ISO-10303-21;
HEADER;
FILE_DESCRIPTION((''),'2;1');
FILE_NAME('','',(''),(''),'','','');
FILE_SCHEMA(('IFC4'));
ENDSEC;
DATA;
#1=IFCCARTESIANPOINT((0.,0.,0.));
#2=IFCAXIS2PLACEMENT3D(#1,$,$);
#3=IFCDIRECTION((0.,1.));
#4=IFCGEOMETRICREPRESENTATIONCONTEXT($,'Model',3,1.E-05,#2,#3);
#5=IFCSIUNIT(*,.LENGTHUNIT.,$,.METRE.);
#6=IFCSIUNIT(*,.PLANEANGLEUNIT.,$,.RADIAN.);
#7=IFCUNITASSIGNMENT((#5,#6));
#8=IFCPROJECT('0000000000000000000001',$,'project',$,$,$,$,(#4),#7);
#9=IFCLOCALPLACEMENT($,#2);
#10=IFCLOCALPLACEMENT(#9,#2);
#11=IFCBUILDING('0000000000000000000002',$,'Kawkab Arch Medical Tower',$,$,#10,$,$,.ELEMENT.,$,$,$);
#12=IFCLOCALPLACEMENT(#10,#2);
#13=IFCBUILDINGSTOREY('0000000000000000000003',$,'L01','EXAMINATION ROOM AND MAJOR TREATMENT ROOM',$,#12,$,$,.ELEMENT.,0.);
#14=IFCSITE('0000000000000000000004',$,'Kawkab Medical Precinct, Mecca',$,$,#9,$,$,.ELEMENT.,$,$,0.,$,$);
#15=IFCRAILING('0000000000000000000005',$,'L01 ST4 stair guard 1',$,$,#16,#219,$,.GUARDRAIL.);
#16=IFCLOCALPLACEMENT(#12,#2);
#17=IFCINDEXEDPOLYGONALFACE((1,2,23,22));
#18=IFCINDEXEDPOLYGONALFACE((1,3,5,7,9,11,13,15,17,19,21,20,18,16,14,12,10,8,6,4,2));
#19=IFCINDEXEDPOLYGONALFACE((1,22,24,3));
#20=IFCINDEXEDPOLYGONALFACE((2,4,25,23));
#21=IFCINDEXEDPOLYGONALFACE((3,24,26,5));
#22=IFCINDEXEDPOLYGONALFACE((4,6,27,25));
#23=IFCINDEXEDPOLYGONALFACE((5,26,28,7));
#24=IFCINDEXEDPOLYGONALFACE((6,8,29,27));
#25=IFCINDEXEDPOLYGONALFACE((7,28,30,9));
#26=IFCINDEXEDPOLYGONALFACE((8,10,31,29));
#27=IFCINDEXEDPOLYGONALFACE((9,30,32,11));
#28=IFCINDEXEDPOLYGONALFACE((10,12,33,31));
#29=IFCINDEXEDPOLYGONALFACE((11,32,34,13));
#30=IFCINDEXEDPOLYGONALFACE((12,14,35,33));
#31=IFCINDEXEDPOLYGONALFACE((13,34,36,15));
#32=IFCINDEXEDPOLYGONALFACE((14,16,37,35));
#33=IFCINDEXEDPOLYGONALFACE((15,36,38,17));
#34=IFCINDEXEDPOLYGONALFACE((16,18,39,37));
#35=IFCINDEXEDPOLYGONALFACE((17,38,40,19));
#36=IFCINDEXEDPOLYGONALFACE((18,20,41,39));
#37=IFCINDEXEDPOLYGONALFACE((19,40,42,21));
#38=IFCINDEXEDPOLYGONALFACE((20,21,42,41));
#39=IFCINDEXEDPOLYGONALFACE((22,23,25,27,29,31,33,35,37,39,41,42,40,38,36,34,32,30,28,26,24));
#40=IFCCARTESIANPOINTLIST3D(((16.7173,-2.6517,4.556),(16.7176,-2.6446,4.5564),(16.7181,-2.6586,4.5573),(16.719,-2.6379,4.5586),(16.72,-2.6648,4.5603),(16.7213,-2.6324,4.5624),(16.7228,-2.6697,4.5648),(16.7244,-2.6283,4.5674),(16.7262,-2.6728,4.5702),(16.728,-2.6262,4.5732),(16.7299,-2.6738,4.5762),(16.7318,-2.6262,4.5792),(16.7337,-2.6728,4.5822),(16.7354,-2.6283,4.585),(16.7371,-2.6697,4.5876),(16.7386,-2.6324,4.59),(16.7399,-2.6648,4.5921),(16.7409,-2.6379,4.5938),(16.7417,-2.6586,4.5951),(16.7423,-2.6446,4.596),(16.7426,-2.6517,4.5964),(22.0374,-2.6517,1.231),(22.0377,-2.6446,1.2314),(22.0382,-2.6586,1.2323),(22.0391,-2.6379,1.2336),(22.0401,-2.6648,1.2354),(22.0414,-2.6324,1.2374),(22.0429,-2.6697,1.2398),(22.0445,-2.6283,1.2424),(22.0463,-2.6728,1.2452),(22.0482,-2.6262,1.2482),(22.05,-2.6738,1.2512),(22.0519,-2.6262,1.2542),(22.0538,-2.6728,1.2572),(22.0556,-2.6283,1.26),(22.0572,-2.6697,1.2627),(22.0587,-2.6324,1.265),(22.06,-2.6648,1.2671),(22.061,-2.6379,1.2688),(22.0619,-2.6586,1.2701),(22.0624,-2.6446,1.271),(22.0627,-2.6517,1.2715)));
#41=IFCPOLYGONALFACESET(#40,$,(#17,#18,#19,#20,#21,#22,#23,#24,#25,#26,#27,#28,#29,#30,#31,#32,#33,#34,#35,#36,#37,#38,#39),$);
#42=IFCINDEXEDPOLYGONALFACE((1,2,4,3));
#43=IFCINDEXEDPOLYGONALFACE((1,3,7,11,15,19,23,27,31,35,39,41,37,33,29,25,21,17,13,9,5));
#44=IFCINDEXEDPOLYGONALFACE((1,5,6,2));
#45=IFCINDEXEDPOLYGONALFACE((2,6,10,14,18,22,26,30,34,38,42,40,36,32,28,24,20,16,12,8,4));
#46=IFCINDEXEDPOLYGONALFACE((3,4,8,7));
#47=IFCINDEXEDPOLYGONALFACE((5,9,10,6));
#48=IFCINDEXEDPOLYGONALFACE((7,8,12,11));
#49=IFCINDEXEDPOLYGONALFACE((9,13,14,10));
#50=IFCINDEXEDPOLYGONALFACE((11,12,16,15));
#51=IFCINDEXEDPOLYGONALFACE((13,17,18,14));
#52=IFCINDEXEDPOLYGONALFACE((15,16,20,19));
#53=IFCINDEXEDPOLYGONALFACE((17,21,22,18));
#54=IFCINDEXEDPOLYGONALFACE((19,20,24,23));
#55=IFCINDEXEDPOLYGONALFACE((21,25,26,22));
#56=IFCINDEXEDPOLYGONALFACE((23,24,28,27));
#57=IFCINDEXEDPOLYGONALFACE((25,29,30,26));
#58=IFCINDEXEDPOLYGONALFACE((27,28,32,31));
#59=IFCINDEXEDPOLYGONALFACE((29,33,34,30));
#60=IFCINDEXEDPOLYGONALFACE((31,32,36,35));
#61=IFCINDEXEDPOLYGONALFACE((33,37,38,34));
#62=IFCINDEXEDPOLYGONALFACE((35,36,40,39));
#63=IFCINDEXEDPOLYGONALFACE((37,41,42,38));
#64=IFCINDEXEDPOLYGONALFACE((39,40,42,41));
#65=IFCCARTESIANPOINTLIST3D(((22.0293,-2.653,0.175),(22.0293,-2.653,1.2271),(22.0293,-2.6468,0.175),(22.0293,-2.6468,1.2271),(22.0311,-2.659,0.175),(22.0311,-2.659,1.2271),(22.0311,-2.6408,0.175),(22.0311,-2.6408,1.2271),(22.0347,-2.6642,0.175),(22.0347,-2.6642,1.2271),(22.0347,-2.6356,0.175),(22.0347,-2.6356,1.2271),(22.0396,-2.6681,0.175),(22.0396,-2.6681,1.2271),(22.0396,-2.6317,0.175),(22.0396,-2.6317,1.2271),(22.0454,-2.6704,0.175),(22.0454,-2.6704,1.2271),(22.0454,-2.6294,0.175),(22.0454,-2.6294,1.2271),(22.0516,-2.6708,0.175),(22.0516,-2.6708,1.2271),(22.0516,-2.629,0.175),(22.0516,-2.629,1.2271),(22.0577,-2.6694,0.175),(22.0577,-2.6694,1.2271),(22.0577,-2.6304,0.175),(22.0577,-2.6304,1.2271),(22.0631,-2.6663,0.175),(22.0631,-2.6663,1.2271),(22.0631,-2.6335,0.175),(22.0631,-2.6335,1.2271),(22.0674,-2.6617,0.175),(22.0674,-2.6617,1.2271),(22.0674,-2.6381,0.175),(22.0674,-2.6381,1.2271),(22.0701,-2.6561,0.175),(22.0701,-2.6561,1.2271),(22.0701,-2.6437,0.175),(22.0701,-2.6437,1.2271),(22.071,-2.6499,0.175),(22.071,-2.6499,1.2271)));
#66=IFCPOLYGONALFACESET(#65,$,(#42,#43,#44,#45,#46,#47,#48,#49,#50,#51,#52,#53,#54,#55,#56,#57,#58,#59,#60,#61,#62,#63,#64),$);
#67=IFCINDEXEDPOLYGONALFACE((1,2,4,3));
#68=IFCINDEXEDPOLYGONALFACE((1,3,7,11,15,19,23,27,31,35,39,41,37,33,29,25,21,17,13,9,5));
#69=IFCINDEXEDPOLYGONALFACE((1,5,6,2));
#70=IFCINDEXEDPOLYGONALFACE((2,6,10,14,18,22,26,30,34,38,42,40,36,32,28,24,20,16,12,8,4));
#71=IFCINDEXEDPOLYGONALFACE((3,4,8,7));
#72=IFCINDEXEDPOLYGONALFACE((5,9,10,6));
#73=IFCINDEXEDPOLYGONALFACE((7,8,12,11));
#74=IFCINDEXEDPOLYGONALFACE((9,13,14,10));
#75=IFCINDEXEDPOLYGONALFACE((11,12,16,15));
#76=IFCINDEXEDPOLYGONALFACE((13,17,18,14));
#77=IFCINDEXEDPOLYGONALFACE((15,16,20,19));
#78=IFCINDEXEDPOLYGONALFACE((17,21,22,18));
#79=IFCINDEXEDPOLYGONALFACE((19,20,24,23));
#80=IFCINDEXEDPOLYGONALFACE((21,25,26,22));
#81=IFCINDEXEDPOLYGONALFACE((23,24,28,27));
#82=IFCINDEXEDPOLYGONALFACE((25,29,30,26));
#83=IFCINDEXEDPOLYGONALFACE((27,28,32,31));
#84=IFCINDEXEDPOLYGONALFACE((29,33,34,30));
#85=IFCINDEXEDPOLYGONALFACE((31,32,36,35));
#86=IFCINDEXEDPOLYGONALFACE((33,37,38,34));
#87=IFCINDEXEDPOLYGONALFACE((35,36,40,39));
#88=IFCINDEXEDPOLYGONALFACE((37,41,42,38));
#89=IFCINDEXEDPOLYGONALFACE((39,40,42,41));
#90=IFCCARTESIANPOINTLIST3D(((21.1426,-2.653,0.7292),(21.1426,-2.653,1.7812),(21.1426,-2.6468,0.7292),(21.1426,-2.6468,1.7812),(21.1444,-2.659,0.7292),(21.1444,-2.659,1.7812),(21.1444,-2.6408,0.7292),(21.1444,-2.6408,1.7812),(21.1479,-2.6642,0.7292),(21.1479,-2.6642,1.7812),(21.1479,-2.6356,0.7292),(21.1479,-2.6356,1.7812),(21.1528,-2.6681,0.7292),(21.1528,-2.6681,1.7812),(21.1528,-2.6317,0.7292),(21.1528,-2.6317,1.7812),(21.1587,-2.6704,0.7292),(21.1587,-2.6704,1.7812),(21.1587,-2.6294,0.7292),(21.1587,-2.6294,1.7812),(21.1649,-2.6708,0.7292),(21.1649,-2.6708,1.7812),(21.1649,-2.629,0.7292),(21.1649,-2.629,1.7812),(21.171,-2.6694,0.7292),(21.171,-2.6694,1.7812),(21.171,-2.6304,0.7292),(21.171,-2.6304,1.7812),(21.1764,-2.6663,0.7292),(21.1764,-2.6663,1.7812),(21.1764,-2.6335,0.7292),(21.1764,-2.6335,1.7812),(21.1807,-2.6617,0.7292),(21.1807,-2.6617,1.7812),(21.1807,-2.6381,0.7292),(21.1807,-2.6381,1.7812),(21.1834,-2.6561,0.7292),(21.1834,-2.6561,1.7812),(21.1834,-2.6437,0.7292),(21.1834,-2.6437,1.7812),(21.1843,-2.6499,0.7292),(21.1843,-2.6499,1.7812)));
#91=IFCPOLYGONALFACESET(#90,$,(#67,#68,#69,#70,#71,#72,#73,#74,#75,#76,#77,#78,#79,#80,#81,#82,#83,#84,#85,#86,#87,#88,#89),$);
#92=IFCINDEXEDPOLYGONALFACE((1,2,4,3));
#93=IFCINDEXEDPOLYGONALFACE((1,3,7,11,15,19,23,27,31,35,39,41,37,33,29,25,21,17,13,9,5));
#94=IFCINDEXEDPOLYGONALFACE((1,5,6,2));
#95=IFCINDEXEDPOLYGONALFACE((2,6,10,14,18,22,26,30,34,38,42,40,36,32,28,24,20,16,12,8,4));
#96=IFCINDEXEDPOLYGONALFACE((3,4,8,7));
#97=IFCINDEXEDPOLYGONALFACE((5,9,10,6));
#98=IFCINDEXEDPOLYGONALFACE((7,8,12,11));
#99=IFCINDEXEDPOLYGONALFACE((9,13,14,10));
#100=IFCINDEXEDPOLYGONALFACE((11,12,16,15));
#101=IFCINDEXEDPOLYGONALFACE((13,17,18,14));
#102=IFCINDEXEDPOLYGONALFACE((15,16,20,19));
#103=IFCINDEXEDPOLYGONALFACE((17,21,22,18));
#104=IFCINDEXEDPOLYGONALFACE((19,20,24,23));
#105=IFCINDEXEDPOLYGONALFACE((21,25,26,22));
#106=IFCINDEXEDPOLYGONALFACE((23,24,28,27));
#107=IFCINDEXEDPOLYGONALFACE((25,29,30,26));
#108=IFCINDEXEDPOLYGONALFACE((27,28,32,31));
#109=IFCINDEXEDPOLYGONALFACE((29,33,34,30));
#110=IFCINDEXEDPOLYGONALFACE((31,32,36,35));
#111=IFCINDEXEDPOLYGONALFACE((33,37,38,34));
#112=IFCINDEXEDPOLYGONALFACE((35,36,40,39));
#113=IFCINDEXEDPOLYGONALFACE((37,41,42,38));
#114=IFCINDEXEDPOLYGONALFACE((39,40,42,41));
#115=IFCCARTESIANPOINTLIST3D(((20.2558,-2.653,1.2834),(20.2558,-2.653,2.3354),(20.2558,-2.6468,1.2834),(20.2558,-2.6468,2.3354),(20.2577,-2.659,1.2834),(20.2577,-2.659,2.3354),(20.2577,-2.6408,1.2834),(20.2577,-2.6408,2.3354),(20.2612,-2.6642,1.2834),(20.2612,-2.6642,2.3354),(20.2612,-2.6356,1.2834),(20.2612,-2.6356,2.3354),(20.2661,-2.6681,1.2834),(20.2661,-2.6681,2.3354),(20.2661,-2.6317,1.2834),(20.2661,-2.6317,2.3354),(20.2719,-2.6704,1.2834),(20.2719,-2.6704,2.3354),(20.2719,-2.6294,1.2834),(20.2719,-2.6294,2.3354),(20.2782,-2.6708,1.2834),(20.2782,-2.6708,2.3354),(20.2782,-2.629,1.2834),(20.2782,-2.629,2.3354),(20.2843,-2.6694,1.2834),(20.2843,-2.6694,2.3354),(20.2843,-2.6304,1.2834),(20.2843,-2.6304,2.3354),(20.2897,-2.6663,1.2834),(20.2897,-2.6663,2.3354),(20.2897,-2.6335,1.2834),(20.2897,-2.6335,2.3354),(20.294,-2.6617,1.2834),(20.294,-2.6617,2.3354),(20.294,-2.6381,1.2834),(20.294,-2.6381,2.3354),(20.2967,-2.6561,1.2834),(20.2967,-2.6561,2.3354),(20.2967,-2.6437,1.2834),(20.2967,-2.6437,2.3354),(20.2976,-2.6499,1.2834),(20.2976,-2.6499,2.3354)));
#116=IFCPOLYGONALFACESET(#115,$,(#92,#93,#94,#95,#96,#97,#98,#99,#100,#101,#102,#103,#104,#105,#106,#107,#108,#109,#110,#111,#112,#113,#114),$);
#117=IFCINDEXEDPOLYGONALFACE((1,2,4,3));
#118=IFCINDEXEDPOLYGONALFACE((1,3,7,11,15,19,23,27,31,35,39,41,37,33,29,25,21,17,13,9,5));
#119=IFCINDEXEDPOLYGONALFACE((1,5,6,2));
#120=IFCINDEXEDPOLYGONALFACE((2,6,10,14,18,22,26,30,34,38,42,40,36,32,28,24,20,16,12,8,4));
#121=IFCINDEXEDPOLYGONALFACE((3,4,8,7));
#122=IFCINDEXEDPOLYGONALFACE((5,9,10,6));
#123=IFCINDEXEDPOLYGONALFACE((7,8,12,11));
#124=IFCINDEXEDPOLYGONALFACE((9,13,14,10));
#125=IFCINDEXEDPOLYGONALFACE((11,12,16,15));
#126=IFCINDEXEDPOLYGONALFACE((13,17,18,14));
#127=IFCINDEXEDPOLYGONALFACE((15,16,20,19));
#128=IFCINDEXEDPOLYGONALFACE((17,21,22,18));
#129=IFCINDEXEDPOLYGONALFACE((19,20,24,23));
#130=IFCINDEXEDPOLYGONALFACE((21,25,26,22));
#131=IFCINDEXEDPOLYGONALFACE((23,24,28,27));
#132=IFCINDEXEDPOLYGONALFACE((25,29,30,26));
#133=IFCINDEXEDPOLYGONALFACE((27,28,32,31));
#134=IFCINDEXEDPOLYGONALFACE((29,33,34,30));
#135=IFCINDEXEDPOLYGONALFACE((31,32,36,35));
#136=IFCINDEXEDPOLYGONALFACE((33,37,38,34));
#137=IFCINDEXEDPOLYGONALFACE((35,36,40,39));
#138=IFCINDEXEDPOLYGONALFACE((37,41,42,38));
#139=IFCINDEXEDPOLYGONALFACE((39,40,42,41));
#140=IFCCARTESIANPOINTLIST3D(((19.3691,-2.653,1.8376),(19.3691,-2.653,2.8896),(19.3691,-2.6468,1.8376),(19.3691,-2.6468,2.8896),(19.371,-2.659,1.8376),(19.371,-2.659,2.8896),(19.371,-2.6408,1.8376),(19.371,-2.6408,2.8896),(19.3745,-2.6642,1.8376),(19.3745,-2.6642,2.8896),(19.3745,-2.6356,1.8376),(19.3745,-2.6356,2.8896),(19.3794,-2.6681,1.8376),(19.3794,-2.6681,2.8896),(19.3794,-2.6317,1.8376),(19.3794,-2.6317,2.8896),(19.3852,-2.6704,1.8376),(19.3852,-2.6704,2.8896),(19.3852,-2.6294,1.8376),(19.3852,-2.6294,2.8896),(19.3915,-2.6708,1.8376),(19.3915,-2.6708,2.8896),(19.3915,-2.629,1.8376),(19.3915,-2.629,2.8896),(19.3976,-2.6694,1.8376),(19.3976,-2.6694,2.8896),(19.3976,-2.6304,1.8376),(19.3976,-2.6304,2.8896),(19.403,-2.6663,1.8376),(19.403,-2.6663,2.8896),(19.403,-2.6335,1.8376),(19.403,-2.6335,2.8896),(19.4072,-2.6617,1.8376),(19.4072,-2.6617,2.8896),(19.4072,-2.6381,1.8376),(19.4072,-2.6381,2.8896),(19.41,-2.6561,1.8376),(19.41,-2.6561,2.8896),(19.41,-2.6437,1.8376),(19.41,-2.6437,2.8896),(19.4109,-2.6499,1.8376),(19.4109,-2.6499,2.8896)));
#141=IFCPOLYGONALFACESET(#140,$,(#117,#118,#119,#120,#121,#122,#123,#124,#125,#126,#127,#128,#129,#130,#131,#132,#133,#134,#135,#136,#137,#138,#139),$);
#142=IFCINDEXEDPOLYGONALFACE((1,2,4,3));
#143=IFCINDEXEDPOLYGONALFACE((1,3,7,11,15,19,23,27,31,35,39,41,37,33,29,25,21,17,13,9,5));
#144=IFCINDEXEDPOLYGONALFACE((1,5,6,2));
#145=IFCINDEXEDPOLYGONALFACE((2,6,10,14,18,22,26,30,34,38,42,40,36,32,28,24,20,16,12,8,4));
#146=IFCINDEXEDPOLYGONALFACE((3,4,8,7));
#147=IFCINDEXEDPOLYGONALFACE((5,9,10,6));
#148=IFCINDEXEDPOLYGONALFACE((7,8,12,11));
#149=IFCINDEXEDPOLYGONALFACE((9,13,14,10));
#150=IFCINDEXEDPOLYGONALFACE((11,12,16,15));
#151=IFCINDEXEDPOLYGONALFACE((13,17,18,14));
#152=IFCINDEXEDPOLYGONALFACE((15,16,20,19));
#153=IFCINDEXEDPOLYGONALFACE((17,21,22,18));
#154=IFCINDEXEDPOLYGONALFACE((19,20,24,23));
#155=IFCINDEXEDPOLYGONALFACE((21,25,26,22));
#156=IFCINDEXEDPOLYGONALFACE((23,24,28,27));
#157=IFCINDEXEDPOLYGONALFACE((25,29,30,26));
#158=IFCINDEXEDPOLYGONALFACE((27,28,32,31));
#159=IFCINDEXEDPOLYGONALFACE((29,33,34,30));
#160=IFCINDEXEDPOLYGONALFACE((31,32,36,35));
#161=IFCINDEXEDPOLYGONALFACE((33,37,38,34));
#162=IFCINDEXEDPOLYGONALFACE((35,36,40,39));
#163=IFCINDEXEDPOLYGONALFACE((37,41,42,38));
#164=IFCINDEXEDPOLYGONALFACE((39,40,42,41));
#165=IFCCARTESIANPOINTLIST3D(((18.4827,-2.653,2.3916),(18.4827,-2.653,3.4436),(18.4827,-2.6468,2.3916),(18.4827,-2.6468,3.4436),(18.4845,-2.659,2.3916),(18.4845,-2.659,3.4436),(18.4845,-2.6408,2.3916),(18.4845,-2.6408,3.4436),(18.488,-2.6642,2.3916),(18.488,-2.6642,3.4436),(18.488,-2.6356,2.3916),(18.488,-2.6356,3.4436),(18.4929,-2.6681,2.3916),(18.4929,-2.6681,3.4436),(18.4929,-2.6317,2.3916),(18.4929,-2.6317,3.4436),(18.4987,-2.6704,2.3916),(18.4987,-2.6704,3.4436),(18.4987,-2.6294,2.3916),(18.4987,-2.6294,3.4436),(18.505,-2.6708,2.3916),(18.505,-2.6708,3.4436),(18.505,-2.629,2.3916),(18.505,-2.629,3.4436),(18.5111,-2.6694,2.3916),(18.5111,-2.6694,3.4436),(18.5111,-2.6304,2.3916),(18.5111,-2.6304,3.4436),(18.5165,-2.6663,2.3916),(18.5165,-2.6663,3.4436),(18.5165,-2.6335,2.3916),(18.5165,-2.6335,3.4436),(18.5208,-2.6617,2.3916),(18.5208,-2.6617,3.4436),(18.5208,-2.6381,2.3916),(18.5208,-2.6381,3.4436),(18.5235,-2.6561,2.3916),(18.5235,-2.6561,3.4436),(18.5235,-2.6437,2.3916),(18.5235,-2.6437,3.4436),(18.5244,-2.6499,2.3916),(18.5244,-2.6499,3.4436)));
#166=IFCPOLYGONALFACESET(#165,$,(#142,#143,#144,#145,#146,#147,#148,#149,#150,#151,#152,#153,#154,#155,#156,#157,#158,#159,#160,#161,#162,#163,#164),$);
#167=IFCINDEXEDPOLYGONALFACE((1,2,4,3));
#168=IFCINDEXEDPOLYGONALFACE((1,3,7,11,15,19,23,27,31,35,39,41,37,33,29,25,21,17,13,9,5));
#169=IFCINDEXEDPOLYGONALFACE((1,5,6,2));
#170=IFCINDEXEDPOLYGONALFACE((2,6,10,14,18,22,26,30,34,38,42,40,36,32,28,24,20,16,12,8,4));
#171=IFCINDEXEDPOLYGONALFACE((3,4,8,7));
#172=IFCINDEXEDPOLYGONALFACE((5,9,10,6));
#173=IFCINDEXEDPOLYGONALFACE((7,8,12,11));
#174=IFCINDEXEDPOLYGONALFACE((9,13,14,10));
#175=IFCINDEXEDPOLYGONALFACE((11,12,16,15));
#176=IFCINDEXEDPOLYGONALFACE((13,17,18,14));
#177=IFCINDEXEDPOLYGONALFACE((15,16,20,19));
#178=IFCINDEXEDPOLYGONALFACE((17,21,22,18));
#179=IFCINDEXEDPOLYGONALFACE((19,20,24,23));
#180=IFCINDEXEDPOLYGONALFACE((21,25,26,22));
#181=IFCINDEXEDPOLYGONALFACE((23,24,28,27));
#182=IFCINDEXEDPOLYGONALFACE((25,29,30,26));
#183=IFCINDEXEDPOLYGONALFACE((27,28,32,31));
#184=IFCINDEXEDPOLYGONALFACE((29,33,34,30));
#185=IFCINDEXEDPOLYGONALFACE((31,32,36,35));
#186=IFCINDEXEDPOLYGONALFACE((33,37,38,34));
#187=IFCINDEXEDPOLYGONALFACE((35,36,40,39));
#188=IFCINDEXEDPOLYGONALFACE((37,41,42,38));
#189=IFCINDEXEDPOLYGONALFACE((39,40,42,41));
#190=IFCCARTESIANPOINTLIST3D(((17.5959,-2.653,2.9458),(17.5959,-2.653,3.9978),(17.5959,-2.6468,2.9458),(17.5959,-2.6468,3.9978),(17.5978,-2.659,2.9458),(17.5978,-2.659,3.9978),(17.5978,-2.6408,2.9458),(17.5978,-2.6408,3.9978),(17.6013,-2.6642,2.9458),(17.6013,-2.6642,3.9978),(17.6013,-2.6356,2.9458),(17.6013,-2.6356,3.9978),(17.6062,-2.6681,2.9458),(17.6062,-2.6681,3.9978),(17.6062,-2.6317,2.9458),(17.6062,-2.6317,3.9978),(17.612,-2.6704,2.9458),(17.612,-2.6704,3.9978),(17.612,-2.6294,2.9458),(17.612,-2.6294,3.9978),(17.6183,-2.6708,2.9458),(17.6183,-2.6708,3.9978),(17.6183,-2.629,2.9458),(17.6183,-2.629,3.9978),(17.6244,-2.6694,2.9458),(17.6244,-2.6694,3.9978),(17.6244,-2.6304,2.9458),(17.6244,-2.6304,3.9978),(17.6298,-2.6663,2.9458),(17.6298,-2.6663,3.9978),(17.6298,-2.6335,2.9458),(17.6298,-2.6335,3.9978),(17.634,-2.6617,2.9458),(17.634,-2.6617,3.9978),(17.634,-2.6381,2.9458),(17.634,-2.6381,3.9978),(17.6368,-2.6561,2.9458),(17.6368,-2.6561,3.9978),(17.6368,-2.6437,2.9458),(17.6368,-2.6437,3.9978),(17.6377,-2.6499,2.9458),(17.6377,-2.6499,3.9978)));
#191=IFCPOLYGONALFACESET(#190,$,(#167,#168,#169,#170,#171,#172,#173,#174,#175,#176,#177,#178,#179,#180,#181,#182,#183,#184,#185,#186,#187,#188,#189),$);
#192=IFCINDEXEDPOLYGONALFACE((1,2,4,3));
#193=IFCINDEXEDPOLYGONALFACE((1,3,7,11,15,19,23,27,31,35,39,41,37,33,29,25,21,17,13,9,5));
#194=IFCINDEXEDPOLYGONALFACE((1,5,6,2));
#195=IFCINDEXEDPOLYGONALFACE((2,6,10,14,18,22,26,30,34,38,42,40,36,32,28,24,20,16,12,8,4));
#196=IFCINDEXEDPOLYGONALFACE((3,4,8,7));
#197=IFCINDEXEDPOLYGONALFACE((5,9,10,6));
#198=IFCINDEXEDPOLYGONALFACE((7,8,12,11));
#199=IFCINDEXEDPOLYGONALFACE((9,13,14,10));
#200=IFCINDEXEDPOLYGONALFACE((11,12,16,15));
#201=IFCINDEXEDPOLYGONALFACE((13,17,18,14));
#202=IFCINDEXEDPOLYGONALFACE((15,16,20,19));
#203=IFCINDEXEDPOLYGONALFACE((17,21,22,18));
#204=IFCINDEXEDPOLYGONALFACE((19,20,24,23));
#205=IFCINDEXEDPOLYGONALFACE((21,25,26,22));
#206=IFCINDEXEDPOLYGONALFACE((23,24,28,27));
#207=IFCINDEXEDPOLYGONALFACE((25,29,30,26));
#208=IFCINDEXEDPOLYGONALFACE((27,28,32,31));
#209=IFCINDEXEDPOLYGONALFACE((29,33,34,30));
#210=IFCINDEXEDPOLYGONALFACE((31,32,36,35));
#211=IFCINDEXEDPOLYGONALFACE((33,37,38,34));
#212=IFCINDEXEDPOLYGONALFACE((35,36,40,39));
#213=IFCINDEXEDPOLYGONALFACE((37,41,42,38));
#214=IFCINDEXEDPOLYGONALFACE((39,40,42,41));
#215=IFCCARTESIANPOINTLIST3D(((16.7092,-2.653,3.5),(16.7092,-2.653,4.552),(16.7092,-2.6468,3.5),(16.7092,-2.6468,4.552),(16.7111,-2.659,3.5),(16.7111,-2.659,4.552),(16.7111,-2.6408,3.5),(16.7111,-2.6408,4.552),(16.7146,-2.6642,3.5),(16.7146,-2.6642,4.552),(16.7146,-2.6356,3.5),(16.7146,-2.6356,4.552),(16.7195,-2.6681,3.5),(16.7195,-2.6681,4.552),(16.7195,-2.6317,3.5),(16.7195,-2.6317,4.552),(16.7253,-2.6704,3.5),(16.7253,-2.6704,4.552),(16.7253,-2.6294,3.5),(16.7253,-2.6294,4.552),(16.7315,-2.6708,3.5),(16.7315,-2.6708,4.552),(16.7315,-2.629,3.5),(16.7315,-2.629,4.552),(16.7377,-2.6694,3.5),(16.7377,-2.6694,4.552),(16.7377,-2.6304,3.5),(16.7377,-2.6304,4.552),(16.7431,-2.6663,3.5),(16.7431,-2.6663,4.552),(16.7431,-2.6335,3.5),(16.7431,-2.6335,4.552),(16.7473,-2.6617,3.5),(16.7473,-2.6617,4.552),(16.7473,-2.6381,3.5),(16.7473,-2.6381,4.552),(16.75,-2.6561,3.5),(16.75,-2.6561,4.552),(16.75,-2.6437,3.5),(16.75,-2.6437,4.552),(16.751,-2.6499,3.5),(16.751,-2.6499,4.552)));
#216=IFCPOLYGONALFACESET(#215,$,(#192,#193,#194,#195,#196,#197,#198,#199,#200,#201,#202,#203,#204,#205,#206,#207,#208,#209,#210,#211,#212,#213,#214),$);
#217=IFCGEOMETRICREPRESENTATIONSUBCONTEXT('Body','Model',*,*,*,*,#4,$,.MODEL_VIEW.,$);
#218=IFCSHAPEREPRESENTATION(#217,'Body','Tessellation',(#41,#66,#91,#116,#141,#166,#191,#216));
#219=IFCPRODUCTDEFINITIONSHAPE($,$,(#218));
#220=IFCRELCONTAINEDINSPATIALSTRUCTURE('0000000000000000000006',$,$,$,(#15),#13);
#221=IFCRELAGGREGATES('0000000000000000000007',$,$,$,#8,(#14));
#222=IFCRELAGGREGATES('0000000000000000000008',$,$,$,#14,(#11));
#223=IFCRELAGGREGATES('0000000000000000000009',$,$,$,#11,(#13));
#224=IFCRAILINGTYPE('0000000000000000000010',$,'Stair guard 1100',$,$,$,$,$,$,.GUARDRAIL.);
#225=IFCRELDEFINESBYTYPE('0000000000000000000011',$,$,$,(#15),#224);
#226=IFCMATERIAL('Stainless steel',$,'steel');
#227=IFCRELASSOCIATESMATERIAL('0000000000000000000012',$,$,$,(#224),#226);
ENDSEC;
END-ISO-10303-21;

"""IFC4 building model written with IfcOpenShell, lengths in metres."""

from ifc_helpers import new_model, si_unit, direction, frame, origin, origin_2d, place, context, subcontext, project, spatial, circle, extrude, material, type_object, element, save


model = new_model("IFC4")

# Units and contexts
model_context = context("Model", 3, precision=1e-05, world=origin(), true_north=direction((0.0, 1.0)))
body_context = subcontext(model_context, "Body", "Model", "MODEL_VIEW")
ifc_project = project(units=[si_unit("LENGTHUNIT", "METRE"), si_unit("PLANEANGLEUNIT", "RADIAN")], contexts=[model_context])

# Site, building, storey
site_placement = place(None, origin())
site = spatial("IfcSite", under=ifc_project, at=site_placement, Name="Kawkab Medical Precinct, Mecca", CompositionType="ELEMENT", RefElevation=0.0)
building_placement = place(site_placement, origin())
building = spatial("IfcBuilding", under=site, at=building_placement, Name="Kawkab Arch Medical Tower", CompositionType="ELEMENT")
storey_placement = place(building_placement, origin())
storey = spatial("IfcBuildingStorey", under=building, at=storey_placement, Name="L01", Description="EXAMINATION ROOM AND MAJOR TREATMENT ROOM", CompositionType="ELEMENT", Elevation=0.0)

# Railing
ifc_material_1 = material(Name="Stainless steel", Category="steel")
railing_type = type_object("IfcRailingType", Name="Stair guard 1100", PredefinedType="GUARDRAIL", material=ifc_material_1)
railing_1_placement = place(storey_placement, frame((22.05, -2.6499, 0.175)))
element("IfcRailing", 1, at=railing_1_placement, inside=storey, type_object=railing_type, Name="L01 ST4 stair guard 1", PredefinedType="GUARDRAIL", context=body_context, shape_type="SweptSolid", body=[
    extrude(circle(Radius=0.0239, at=origin_2d()), frame((0.0, 0.0, 1.0762), z_axis=(-0.848005, 0.0, 0.529988), x_axis=(0.0, -1.0, 0.0)), (0.0, 0.0, 1.0), 6.2737),
    extrude(circle(Radius=0.021, at=origin_2d()), origin(), (0.0, 0.0, 1.0), 1.052),
    extrude(circle(Radius=0.021, at=origin_2d()), frame((-0.8867, 0.0, 0.5542)), (0.0, 0.0, 1.0), 1.052),
    extrude(circle(Radius=0.021, at=origin_2d()), frame((-1.7734, 0.0, 1.1084)), (0.0, 0.0, 1.0), 1.052),
    extrude(circle(Radius=0.021, at=origin_2d()), frame((-2.6602, 0.0, 1.6626)), (0.0, 0.0, 1.0), 1.052),
    extrude(circle(Radius=0.021, at=origin_2d()), frame((-3.5466, 0.0, 2.2166)), (0.0, 0.0, 1.0), 1.052),
    extrude(circle(Radius=0.021, at=origin_2d()), frame((-4.4333, 0.0, 2.7708)), (0.0, 0.0, 1.0), 1.052),
    extrude(circle(Radius=0.021, at=origin_2d()), frame((-5.3201, 0.0, 3.325)), (0.0, 0.0, 1.0), 1.052),
])

save(model, "model.ifc")
